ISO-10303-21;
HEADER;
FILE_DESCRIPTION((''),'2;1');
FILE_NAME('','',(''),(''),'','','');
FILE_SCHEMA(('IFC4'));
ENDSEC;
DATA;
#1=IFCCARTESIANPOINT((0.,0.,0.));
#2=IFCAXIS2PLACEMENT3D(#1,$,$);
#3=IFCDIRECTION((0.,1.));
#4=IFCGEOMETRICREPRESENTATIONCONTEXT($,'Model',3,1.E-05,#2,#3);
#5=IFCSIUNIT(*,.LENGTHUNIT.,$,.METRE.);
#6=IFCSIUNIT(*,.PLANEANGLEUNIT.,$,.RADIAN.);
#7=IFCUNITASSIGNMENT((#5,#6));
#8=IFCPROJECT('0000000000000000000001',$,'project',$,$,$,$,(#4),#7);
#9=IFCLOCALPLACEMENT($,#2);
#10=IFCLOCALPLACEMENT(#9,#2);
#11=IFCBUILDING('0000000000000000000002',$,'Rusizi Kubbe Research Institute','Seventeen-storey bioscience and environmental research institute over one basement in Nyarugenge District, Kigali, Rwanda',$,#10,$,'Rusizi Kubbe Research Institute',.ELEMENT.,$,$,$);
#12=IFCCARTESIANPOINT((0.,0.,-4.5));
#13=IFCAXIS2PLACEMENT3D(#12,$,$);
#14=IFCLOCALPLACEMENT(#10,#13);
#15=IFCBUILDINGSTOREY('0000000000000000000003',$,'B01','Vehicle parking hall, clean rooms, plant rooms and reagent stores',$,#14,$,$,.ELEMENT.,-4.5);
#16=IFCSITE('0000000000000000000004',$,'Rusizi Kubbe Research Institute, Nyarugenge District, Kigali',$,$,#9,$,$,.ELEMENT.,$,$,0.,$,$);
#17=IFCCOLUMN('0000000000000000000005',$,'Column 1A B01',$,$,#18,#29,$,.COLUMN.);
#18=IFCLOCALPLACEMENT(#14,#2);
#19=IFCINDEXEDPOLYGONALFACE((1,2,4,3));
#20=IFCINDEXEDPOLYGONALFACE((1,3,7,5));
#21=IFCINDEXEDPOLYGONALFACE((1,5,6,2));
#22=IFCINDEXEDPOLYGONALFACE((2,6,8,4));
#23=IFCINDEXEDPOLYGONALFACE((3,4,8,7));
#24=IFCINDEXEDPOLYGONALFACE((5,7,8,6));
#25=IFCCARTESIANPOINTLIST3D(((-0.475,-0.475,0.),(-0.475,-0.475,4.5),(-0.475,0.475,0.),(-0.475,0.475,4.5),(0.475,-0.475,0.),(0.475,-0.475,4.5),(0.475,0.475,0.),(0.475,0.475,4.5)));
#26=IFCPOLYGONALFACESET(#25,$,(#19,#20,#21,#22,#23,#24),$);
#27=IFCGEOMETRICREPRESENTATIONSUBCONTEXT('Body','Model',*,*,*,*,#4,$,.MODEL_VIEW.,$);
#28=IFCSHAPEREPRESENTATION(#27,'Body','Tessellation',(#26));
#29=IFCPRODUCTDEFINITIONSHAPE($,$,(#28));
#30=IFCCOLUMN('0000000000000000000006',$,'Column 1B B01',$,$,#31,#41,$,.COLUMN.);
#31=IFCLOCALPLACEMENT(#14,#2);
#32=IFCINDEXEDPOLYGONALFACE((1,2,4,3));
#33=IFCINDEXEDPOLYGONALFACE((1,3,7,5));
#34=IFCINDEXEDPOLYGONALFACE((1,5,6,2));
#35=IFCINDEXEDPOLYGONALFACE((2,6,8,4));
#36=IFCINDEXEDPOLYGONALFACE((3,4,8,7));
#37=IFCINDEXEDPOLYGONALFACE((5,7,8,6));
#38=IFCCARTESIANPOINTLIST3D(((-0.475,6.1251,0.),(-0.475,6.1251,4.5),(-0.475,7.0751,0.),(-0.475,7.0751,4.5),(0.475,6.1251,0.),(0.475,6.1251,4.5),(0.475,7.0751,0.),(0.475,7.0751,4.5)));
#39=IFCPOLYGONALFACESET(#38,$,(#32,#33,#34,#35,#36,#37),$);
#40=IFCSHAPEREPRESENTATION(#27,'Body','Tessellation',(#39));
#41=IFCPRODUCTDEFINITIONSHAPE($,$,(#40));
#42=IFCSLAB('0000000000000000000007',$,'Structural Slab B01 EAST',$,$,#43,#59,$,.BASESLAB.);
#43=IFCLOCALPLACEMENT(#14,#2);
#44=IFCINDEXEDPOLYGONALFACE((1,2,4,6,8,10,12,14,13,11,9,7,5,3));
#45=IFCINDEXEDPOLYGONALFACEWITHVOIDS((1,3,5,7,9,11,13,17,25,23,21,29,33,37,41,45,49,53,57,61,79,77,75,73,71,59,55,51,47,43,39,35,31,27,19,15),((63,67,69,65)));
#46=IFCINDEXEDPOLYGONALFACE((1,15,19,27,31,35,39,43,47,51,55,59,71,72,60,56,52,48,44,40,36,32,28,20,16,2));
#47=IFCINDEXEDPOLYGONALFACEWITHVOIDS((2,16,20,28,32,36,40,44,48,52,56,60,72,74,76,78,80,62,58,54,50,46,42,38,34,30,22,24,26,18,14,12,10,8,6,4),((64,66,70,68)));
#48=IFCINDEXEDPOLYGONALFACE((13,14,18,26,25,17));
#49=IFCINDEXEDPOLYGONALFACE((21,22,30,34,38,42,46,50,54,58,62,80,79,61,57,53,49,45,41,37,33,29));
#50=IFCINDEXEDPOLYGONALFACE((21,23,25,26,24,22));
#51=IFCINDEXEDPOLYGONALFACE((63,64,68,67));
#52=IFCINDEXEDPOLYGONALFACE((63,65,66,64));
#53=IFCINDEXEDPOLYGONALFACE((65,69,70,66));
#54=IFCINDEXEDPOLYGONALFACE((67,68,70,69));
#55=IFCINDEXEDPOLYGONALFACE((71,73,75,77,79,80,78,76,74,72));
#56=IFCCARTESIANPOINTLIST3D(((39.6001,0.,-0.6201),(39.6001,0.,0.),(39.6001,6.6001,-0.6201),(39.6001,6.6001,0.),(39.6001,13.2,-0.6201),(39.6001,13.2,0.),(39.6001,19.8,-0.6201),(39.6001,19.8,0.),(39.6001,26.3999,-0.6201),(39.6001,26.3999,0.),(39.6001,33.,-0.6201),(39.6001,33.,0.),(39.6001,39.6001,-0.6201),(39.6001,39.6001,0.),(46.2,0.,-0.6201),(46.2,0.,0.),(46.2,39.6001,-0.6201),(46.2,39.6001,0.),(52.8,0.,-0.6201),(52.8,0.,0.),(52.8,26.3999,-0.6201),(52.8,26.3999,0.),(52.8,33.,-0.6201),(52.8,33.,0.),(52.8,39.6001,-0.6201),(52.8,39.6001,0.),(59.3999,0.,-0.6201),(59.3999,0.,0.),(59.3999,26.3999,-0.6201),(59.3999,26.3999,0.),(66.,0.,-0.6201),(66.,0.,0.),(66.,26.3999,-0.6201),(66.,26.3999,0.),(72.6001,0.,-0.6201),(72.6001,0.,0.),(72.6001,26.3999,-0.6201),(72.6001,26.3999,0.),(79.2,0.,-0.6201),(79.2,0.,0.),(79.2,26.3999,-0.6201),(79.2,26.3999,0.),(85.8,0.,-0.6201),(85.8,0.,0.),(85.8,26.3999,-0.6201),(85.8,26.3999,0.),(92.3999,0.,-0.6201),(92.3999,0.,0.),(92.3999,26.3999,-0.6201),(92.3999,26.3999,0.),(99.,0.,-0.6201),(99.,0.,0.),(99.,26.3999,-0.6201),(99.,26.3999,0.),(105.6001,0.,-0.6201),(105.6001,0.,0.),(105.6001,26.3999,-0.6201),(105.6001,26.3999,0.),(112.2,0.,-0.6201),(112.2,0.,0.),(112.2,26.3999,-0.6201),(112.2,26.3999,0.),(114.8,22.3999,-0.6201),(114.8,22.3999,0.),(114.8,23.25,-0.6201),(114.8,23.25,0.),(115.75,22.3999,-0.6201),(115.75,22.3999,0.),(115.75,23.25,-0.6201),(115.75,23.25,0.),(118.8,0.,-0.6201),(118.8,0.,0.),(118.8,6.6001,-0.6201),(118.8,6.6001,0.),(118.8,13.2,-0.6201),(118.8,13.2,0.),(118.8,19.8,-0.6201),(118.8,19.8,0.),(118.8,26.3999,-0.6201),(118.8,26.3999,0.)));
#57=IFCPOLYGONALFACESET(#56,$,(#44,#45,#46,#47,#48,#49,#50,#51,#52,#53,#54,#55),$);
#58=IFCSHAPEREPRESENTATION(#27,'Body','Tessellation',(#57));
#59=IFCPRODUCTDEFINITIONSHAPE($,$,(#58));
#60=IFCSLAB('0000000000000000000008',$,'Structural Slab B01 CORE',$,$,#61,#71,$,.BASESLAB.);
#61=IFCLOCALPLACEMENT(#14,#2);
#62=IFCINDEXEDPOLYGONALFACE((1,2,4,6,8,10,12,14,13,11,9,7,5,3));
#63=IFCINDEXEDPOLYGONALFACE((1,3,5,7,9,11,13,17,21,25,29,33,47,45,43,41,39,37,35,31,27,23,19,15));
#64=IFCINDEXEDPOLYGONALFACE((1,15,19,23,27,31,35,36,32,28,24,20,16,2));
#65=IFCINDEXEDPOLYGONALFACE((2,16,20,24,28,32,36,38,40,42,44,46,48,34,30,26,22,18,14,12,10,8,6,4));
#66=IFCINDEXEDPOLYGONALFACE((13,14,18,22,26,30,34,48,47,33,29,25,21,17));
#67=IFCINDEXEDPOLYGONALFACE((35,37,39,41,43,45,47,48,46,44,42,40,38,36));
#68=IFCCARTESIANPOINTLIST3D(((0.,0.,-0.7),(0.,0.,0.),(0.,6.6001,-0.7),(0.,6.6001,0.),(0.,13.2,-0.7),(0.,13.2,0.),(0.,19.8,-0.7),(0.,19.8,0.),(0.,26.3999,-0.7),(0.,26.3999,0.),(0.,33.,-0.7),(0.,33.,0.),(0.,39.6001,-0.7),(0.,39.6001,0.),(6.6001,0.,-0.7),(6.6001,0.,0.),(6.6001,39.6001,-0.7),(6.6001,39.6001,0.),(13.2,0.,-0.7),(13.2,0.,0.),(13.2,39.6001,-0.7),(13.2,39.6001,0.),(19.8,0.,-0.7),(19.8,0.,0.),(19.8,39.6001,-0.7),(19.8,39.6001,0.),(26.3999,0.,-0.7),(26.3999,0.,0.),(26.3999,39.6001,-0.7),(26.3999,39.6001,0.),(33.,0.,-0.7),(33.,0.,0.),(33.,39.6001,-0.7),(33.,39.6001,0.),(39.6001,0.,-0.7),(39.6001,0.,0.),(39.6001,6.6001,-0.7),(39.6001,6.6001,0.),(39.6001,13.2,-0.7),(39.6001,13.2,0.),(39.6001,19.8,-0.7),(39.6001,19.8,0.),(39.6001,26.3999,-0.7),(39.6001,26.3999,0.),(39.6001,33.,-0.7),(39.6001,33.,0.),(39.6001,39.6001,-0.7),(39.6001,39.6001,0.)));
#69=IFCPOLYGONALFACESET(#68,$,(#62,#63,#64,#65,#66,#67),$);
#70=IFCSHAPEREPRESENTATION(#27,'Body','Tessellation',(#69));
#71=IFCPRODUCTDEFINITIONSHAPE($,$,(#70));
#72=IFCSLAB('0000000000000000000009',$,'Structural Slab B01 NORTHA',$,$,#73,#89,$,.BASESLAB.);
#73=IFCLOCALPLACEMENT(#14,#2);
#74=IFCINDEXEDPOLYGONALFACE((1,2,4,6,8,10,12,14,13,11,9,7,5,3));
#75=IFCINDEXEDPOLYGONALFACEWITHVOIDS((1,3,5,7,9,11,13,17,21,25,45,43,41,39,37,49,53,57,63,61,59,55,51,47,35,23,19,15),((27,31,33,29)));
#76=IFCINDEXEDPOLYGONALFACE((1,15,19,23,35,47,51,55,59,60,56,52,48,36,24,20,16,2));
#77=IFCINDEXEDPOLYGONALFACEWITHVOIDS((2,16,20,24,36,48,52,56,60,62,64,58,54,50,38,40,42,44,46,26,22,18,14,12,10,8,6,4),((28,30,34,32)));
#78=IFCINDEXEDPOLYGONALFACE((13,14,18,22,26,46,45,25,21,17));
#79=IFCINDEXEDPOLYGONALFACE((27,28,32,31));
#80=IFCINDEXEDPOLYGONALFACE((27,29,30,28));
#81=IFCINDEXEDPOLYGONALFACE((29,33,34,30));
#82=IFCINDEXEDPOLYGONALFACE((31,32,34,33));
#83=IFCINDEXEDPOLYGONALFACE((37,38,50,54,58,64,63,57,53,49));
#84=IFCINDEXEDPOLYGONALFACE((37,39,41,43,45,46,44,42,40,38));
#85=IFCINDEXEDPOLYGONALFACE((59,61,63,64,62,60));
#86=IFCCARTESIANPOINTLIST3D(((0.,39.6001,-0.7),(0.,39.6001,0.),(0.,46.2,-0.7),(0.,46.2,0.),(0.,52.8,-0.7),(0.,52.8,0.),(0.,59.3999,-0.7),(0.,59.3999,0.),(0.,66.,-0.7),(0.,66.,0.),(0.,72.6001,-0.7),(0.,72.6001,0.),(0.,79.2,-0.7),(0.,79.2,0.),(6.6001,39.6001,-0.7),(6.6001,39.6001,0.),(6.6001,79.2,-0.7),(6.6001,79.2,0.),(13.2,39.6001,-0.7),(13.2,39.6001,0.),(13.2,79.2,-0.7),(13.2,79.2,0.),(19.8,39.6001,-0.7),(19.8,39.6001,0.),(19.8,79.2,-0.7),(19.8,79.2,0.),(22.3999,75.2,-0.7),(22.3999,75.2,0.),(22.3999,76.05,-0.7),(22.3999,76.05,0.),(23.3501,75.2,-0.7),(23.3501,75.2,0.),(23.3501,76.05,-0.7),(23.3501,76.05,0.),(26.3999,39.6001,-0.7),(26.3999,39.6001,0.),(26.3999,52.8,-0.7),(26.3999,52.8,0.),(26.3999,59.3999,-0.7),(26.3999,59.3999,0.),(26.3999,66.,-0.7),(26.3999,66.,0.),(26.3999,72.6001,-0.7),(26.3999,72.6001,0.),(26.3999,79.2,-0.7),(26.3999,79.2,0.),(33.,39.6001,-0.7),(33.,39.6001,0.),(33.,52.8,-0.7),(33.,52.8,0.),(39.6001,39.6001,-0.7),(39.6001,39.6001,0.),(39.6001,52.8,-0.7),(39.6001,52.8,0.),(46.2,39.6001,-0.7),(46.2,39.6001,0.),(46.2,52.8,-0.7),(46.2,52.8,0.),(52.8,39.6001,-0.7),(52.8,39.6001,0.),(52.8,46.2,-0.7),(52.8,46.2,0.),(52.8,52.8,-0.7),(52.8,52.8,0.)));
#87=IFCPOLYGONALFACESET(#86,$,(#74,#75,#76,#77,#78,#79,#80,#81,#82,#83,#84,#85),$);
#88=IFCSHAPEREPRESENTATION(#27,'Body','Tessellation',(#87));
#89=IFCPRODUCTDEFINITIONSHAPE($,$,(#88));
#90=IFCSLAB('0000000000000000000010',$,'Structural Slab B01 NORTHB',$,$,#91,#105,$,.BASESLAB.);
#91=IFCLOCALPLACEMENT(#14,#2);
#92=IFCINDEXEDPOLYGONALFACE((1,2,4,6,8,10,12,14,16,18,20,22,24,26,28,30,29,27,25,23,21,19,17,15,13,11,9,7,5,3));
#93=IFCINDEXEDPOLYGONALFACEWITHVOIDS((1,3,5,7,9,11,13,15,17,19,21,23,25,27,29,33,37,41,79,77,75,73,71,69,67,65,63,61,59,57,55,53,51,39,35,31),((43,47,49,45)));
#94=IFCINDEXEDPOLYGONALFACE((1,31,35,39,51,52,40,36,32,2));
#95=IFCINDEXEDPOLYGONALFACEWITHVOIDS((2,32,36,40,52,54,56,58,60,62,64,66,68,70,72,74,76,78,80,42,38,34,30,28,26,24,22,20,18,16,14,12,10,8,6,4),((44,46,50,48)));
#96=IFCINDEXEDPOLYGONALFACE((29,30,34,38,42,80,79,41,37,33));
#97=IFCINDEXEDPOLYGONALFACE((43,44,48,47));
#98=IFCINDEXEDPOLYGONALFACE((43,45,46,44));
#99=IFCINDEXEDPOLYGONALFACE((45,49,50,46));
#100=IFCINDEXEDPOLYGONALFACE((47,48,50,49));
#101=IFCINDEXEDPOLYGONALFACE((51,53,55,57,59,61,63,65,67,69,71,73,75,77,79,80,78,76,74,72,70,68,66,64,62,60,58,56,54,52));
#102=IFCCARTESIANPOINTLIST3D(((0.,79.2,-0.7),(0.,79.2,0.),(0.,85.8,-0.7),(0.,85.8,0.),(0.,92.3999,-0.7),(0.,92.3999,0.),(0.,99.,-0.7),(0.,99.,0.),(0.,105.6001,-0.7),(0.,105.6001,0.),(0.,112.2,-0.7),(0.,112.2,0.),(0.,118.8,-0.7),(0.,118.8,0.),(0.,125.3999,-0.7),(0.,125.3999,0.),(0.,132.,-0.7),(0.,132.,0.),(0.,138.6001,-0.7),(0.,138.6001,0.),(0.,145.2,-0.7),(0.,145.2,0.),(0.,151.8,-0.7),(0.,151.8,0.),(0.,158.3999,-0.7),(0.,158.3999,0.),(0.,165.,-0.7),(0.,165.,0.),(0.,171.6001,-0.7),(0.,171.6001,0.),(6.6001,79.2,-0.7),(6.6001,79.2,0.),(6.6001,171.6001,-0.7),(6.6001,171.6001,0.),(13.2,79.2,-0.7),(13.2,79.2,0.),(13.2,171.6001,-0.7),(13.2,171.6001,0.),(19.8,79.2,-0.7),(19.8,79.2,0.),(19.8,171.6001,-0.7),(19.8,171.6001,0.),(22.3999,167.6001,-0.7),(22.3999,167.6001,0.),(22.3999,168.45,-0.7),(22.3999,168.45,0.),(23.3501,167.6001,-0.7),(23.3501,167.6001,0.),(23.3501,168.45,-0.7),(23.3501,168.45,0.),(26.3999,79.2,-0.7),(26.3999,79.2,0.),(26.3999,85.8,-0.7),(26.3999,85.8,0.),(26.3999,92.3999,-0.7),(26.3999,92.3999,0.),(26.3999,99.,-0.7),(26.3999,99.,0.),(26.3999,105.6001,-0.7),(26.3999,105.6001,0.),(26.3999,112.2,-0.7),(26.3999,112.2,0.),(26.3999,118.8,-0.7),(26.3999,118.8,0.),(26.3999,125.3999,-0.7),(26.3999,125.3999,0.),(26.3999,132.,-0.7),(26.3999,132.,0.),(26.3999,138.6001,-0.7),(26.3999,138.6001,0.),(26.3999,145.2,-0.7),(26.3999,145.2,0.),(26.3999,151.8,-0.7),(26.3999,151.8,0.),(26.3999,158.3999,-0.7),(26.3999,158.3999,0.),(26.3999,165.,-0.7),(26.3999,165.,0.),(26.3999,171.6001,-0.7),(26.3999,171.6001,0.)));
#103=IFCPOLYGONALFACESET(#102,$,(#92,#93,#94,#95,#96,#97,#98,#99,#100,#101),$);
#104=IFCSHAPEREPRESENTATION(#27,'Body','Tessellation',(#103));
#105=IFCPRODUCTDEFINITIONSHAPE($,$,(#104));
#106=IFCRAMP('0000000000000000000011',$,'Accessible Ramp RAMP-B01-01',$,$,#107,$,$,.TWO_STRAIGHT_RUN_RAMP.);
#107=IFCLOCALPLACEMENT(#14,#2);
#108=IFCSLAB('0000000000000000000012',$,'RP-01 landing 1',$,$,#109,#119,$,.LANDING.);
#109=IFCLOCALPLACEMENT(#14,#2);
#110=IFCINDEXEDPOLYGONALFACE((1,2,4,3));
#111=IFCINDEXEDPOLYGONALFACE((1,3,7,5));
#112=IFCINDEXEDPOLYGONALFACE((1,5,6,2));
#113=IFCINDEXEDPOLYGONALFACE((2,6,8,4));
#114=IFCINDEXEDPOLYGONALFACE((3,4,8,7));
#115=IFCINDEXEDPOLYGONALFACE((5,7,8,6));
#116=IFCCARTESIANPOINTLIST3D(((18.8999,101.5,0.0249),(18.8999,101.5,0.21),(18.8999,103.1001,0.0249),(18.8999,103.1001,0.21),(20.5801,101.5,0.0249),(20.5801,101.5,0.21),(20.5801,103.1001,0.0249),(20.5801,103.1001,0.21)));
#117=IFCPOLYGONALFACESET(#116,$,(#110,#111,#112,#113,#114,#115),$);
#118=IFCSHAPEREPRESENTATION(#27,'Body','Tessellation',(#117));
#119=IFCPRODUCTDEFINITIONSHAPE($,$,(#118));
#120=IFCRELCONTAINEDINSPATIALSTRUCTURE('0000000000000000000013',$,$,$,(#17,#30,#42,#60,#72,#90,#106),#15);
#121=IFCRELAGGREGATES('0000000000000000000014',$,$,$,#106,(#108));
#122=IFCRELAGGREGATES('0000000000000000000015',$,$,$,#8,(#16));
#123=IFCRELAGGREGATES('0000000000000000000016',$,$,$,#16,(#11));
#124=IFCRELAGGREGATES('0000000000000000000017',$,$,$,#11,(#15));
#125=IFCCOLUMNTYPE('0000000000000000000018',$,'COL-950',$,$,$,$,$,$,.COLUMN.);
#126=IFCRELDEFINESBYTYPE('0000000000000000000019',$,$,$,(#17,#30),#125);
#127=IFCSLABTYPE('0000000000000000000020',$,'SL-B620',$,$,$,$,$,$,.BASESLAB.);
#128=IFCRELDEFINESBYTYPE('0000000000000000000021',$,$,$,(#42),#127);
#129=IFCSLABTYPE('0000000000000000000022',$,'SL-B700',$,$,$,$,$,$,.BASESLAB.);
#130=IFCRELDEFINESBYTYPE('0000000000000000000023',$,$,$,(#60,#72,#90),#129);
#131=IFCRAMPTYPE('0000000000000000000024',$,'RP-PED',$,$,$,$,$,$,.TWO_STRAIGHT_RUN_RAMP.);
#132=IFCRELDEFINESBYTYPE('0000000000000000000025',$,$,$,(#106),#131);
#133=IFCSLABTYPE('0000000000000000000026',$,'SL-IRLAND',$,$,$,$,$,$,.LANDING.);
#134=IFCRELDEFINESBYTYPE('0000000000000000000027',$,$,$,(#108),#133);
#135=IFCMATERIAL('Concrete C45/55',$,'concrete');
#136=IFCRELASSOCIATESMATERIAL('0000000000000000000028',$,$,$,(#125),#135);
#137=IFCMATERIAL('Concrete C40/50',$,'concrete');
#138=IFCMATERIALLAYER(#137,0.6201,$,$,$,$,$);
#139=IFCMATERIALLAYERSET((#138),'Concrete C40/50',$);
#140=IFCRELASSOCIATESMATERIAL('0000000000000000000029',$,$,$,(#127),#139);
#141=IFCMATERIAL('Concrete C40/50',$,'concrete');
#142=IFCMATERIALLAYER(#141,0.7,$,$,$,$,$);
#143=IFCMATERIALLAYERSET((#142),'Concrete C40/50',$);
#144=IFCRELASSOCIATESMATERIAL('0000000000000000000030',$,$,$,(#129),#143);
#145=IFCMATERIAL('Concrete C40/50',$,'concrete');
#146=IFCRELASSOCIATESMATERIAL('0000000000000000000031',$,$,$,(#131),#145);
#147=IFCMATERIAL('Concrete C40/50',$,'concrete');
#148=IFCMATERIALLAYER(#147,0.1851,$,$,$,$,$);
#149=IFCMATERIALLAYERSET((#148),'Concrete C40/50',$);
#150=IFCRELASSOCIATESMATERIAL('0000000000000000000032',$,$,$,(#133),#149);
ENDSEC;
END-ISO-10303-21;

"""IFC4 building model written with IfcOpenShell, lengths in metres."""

from ifc_helpers import new_model, si_unit, direction, frame, origin, origin_2d, place, context, subcontext, project, spatial, polyline, rectangle, outline, extrude, material, layer, layer_set, material_profile, profile_set, type_object, element, aggregate, save


model = new_model("IFC4")

# Units and contexts
model_context = context("Model", 3, precision=1e-05, world=origin(), true_north=direction((0.0, 1.0)))
body_context = subcontext(model_context, "Body", "Model", "MODEL_VIEW")
ifc_project = project(units=[si_unit("LENGTHUNIT", "METRE"), si_unit("PLANEANGLEUNIT", "RADIAN")], contexts=[model_context])

# Site, building, storey
site_placement = place(None, origin())
site = spatial("IfcSite", under=ifc_project, at=site_placement, Name="Rusizi Kubbe Research Institute, Nyarugenge District, Kigali", CompositionType="ELEMENT", RefElevation=0.0)
building_placement = place(site_placement, origin())
building = spatial("IfcBuilding", under=site, at=building_placement, Name="Rusizi Kubbe Research Institute", Description="Seventeen-storey bioscience and environmental research institute over one basement in Nyarugenge District, Kigali, Rwanda", LongName="Rusizi Kubbe Research Institute", CompositionType="ELEMENT")
storey_placement = place(building_placement, frame((0.0, 0.0, -4.5)))
storey = spatial("IfcBuildingStorey", under=building, at=storey_placement, Name="B01", Description="Vehicle parking hall, clean rooms, plant rooms and reagent stores", CompositionType="ELEMENT", Elevation=-4.5)

# Columns
ifc_material_1 = material(Name="Concrete C45/55", Category="concrete")
ifc_material_profile_1 = material_profile(ifc_material_1, rectangle(XDim=0.95, YDim=0.95, at=origin_2d()), Name="RC950x950")
ifc_profile_set_1 = profile_set([ifc_material_profile_1], Name="Concrete C45/55")
column_type = type_object("IfcColumnType", Name="COL-950", PredefinedType="COLUMN", material=ifc_profile_set_1)
for number, where, z_axis, x_axis, name in (
    (1, (0.0, 0.0, 0.0), (0.0, 0.0, 1.0), (1.0, 0.0, 0.0), "Column 1A B01"),
    (2, (0.0, 6.6001, 0.0), (0.0, 0.0, 1.0), (1.0, 0.0, 0.0), "Column 1B B01"),
):
    element("IfcColumn", number, at=place(storey_placement, frame(where, z_axis=z_axis, x_axis=x_axis)), inside=storey, type_object=column_type, Name=name, PredefinedType="COLUMN", context=body_context, shape_type="SweptSolid", body=[
        extrude(rectangle(XDim=0.95, YDim=0.95, at=origin_2d()), origin(), (0.0, 0.0, 1.0), 4.5),
    ])

# Slabs
ifc_material_2 = material(Name="Concrete C40/50", Category="concrete")
ifc_layer_1 = layer(ifc_material_2, 0.6201)
ifc_layer_set_1 = layer_set([ifc_layer_1], Name="Concrete C40/50")
slab_type_1 = type_object("IfcSlabType", Name="SL-B620", PredefinedType="BASESLAB", material=ifc_layer_set_1)
slab_1_placement = place(storey_placement, frame((0.0, 0.0, -0.6201)))
element("IfcSlab", 3, at=slab_1_placement, inside=storey, type_object=slab_type_1, Name="Structural Slab B01 EAST", PredefinedType="BASESLAB", context=body_context, shape_type="SweptSolid", body=[
    extrude(outline(polyline([(39.6001, 33.0), (39.6001, 39.6001), (46.2, 39.6001), (52.8, 39.6001), (52.8, 33.0), (52.8, 26.3999), (59.3999, 26.3999), (66.0, 26.3999), (72.6001, 26.3999), (79.2, 26.3999), (85.8, 26.3999), (92.3999, 26.3999), (99.0, 26.3999), (105.6001, 26.3999), (112.2, 26.3999), (118.8, 26.3999), (118.8, 19.8), (118.8, 13.2), (118.8, 6.6001), (118.8, 0.0), (112.2, 0.0), (105.6001, 0.0), (99.0, 0.0), (92.3999, 0.0), (85.8, 0.0), (79.2, 0.0), (72.6001, 0.0), (66.0, 0.0), (59.3999, 0.0), (52.8, 0.0), (46.2, 0.0), (39.6001, 0.0), (39.6001, 6.6001), (39.6001, 13.2), (39.6001, 19.8), (39.6001, 26.3999), (39.6001, 33.0)]), holes=[polyline([(115.75, 23.25), (114.8, 23.25), (114.8, 22.3999), (115.75, 22.3999), (115.75, 23.25)])]), origin(), (0.0, 0.0, 1.0), 0.6201),
])
ifc_material_3 = material(Name="Concrete C40/50", Category="concrete")
ifc_layer_2 = layer(ifc_material_3, 0.7)
ifc_layer_set_2 = layer_set([ifc_layer_2], Name="Concrete C40/50")
slab_type_2 = type_object("IfcSlabType", Name="SL-B700", PredefinedType="BASESLAB", material=ifc_layer_set_2)
slab_2_placement = place(storey_placement, frame((0.0, 0.0, -0.7)))
element("IfcSlab", 4, at=slab_2_placement, inside=storey, type_object=slab_type_2, Name="Structural Slab B01 CORE", PredefinedType="BASESLAB", context=body_context, shape_type="SweptSolid", body=[
    extrude(outline(polyline([(13.2, 0.0), (6.6001, 0.0), (0.0, 0.0), (0.0, 6.6001), (0.0, 13.2), (0.0, 19.8), (0.0, 26.3999), (0.0, 33.0), (0.0, 39.6001), (6.6001, 39.6001), (13.2, 39.6001), (19.8, 39.6001), (26.3999, 39.6001), (33.0, 39.6001), (39.6001, 39.6001), (39.6001, 33.0), (39.6001, 26.3999), (39.6001, 19.8), (39.6001, 13.2), (39.6001, 6.6001), (39.6001, 0.0), (33.0, 0.0), (26.3999, 0.0), (19.8, 0.0), (13.2, 0.0)])), origin(), (0.0, 0.0, 1.0), 0.7),
])
slab_3_placement = place(storey_placement, frame((0.0, 0.0, -0.7)))
element("IfcSlab", 5, at=slab_3_placement, inside=storey, type_object=slab_type_2, Name="Structural Slab B01 NORTHA", PredefinedType="BASESLAB", context=body_context, shape_type="SweptSolid", body=[
    extrude(outline(polyline([(0.0, 72.6001), (0.0, 79.2), (6.6001, 79.2), (13.2, 79.2), (19.8, 79.2), (26.3999, 79.2), (26.3999, 72.6001), (26.3999, 66.0), (26.3999, 59.3999), (26.3999, 52.8), (33.0, 52.8), (39.6001, 52.8), (46.2, 52.8), (52.8, 52.8), (52.8, 46.2), (52.8, 39.6001), (46.2, 39.6001), (39.6001, 39.6001), (33.0, 39.6001), (26.3999, 39.6001), (19.8, 39.6001), (13.2, 39.6001), (6.6001, 39.6001), (0.0, 39.6001), (0.0, 46.2), (0.0, 52.8), (0.0, 59.3999), (0.0, 66.0), (0.0, 72.6001)]), holes=[polyline([(23.3501, 76.05), (22.3999, 76.05), (22.3999, 75.2), (23.3501, 75.2), (23.3501, 76.05)])]), origin(), (0.0, 0.0, 1.0), 0.7),
])
slab_4_placement = place(storey_placement, frame((0.0, 0.0, -0.7)))
element("IfcSlab", 6, at=slab_4_placement, inside=storey, type_object=slab_type_2, Name="Structural Slab B01 NORTHB", PredefinedType="BASESLAB", context=body_context, shape_type="SweptSolid", body=[
    extrude(outline(polyline([(0.0, 105.6001), (0.0, 112.2), (0.0, 118.8), (0.0, 125.3999), (0.0, 132.0), (0.0, 138.6001), (0.0, 145.2), (0.0, 151.8), (0.0, 158.3999), (0.0, 165.0), (0.0, 171.6001), (6.6001, 171.6001), (13.2, 171.6001), (19.8, 171.6001), (26.3999, 171.6001), (26.3999, 165.0), (26.3999, 158.3999), (26.3999, 151.8), (26.3999, 145.2), (26.3999, 138.6001), (26.3999, 132.0), (26.3999, 125.3999), (26.3999, 118.8), (26.3999, 112.2), (26.3999, 105.6001), (26.3999, 99.0), (26.3999, 92.3999), (26.3999, 85.8), (26.3999, 79.2), (19.8, 79.2), (13.2, 79.2), (6.6001, 79.2), (0.0, 79.2), (0.0, 85.8), (0.0, 92.3999), (0.0, 99.0), (0.0, 105.6001)]), holes=[polyline([(23.3501, 168.45), (22.3999, 168.45), (22.3999, 167.6001), (23.3501, 167.6001), (23.3501, 168.45)])]), origin(), (0.0, 0.0, 1.0), 0.7),
])

# Ramp, slab
ifc_material_4 = material(Name="Concrete C40/50", Category="concrete")
ramp_type = type_object("IfcRampType", Name="RP-PED", PredefinedType="TWO_STRAIGHT_RUN_RAMP", material=ifc_material_4)
ramp_1_placement = place(storey_placement, origin())
ramp_1 = element("IfcRamp", 7, at=ramp_1_placement, inside=storey, type_object=ramp_type, Name="Accessible Ramp RAMP-B01-01", PredefinedType="TWO_STRAIGHT_RUN_RAMP")
ifc_material_5 = material(Name="Concrete C40/50", Category="concrete")
ifc_layer_3 = layer(ifc_material_5, 0.1851)
ifc_layer_set_3 = layer_set([ifc_layer_3], Name="Concrete C40/50")
slab_type_3 = type_object("IfcSlabType", Name="SL-IRLAND", PredefinedType="LANDING", material=ifc_layer_set_3)
slab_5_placement = place(storey_placement, frame((0.0, 0.0, 0.0249)))
slab_5 = element("IfcSlab", 8, at=slab_5_placement, type_object=slab_type_3, Name="RP-01 landing 1", PredefinedType="LANDING", context=body_context, shape_type="SweptSolid", body=[
    extrude(outline(polyline([(18.8999, 101.5), (20.5801, 101.5), (20.5801, 103.1001), (18.8999, 103.1001), (18.8999, 101.5)])), origin(), (0.0, 0.0, 1.0), 0.1851),
])
aggregate(ramp_1, [slab_5])

save(model, "model.ifc")
